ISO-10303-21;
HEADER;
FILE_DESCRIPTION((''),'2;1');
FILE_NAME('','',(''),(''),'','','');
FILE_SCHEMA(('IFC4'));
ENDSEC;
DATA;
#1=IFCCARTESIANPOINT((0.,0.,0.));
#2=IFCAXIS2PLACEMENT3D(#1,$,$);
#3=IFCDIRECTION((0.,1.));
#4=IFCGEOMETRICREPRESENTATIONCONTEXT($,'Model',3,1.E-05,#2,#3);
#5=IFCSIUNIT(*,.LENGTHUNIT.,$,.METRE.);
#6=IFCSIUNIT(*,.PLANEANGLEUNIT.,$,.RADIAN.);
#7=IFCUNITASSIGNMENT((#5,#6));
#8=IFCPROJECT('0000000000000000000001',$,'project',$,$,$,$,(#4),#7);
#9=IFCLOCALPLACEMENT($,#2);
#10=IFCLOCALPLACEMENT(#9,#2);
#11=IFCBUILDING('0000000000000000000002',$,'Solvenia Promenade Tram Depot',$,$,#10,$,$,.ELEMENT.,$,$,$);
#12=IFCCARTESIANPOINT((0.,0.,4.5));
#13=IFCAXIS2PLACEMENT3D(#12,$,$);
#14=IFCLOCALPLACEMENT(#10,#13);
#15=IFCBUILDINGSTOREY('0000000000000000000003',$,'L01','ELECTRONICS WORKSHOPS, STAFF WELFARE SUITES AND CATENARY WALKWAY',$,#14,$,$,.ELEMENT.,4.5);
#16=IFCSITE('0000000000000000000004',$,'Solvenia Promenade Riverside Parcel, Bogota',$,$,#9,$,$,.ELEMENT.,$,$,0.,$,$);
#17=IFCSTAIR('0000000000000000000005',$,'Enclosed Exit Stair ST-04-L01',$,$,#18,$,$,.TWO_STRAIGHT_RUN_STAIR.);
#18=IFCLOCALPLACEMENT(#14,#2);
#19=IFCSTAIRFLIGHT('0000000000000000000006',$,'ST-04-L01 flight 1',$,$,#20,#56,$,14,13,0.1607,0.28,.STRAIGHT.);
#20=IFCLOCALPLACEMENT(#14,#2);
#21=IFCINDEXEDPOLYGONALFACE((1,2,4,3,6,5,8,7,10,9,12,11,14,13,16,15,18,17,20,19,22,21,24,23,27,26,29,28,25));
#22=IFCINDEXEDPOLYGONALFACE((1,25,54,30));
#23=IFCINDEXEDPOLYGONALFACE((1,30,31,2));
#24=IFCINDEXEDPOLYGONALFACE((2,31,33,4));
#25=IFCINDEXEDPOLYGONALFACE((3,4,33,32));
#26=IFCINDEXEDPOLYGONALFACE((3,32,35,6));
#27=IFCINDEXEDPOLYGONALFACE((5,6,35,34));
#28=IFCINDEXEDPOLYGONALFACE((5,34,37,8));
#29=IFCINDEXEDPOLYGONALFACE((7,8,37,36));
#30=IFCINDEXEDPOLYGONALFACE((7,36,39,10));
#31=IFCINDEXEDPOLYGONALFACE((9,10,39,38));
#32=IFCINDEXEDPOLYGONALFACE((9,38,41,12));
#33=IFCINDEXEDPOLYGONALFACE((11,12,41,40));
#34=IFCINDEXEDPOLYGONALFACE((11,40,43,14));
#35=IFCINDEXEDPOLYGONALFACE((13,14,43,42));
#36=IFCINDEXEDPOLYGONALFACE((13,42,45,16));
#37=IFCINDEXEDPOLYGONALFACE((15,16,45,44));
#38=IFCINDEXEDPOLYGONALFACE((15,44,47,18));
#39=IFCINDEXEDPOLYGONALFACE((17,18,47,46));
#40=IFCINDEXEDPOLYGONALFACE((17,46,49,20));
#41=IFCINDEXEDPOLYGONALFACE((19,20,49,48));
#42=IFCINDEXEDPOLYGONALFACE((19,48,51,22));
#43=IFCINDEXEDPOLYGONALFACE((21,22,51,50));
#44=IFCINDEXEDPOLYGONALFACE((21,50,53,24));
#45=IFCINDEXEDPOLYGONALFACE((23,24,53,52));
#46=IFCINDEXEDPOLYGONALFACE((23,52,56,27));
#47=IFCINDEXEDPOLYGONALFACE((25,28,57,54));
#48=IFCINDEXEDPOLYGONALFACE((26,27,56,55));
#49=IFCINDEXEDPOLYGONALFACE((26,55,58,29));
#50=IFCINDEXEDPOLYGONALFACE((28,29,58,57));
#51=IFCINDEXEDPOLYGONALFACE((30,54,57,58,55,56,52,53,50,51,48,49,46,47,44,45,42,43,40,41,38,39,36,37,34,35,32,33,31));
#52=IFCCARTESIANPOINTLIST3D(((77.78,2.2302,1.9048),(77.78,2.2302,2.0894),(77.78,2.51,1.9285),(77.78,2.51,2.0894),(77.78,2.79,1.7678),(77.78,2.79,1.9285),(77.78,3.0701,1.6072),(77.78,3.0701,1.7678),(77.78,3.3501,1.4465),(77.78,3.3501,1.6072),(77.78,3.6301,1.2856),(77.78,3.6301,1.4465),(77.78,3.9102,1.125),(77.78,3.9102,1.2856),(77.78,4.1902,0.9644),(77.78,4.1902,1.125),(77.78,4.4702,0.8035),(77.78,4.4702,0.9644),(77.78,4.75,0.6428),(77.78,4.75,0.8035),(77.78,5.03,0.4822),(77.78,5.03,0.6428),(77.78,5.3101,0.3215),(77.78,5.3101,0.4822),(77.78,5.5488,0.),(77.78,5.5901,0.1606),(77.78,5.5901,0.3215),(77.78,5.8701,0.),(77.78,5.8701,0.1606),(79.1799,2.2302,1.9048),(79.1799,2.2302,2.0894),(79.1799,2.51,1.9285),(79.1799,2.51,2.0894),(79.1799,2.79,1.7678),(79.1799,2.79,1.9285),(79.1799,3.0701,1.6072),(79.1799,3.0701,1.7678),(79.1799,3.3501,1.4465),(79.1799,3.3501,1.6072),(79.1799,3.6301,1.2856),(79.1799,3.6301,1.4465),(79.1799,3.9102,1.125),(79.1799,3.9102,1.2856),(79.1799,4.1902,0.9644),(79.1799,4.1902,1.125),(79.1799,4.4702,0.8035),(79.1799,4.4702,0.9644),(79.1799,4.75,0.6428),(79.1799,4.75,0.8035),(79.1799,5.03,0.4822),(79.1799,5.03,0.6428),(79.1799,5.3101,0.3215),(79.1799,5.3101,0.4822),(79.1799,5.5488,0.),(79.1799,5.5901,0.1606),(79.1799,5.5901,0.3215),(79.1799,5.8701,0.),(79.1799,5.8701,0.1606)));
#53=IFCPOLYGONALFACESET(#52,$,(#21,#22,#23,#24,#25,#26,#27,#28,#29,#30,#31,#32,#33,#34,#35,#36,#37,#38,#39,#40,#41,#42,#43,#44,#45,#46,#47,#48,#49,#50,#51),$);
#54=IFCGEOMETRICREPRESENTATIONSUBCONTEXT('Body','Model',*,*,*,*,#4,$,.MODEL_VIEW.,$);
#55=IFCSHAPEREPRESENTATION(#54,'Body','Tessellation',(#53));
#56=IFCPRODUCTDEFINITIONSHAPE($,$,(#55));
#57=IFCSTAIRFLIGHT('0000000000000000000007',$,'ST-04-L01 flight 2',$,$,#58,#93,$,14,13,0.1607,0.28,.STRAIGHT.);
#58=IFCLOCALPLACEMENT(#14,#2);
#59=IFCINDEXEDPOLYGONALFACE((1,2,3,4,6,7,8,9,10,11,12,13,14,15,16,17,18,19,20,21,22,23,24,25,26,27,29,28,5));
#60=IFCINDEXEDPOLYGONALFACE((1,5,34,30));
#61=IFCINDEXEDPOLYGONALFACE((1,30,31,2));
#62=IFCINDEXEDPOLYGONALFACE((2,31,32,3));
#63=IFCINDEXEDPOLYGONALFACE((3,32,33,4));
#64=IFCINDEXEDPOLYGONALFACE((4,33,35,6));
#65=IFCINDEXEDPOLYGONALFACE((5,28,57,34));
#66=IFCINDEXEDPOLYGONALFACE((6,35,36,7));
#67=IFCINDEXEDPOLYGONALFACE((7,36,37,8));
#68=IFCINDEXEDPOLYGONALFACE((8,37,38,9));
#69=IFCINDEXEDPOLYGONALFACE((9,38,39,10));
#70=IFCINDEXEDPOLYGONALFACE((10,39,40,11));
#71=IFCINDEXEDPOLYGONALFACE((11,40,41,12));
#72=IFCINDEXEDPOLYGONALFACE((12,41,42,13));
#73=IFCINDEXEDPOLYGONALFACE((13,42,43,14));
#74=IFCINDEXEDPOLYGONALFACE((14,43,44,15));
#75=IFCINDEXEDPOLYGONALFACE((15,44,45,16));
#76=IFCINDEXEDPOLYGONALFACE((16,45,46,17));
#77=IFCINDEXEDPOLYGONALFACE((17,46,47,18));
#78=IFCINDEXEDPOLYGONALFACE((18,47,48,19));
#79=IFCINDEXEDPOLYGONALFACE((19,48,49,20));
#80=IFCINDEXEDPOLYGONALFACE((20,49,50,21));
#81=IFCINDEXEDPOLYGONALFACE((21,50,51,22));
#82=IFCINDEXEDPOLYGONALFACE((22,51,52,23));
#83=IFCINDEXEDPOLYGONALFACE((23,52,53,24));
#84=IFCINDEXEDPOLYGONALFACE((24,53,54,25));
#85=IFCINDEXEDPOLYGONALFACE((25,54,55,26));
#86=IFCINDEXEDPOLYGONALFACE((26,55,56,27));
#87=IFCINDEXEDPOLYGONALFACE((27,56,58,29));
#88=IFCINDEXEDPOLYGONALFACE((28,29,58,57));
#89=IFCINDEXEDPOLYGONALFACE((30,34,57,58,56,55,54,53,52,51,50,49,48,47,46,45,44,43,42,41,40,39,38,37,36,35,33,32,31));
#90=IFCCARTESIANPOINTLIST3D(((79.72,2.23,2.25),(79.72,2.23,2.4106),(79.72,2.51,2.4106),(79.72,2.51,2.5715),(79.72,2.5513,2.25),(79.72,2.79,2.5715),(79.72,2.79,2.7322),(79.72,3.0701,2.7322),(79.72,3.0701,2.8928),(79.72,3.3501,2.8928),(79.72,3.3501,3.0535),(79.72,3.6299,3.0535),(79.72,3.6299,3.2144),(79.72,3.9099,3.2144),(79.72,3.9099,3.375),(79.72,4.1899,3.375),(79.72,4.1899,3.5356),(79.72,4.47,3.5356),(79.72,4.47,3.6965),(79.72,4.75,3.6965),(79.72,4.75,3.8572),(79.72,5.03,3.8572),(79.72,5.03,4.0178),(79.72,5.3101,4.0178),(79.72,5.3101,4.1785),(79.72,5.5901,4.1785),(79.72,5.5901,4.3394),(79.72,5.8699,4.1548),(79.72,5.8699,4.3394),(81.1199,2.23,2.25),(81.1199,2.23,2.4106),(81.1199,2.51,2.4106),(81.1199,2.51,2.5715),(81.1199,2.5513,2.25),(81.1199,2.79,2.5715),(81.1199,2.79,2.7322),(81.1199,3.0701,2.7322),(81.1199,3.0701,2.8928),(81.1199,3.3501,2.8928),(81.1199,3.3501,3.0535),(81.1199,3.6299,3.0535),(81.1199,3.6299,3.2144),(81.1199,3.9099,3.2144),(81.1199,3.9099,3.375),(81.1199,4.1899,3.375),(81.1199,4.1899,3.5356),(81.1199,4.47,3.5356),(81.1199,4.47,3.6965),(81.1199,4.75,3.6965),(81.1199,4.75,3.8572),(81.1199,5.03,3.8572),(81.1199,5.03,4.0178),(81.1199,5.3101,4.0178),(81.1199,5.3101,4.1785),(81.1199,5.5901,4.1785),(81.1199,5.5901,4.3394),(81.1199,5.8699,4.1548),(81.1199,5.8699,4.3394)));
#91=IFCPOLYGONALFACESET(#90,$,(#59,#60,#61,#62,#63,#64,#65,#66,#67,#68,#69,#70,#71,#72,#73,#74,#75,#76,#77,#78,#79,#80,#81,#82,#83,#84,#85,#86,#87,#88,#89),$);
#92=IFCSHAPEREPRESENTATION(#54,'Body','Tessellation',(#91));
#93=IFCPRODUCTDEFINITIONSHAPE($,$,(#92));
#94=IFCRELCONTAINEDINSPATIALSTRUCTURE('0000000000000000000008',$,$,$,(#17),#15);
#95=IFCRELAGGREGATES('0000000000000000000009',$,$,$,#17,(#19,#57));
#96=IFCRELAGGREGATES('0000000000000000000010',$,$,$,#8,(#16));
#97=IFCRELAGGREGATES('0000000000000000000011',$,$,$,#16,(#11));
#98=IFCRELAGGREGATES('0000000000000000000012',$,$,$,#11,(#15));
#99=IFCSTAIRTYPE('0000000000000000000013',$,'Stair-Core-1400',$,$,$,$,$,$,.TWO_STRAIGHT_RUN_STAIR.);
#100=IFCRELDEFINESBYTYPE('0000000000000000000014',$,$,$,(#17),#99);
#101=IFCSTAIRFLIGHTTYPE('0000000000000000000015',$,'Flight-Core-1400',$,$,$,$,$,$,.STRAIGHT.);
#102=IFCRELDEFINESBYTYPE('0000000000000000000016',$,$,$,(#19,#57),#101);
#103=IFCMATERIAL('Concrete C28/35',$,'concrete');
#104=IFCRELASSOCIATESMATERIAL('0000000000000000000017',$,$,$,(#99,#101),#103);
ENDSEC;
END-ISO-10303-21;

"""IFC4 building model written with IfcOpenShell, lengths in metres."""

from ifc_helpers import new_model, si_unit, direction, frame, origin, place, context, subcontext, project, spatial, polyline, outline, extrude, material, type_object, element, aggregate, save


model = new_model("IFC4")

# Units and contexts
model_context = context("Model", 3, precision=1e-05, world=origin(), true_north=direction((0.0, 1.0)))
body_context = subcontext(model_context, "Body", "Model", "MODEL_VIEW")
ifc_project = project(units=[si_unit("LENGTHUNIT", "METRE"), si_unit("PLANEANGLEUNIT", "RADIAN")], contexts=[model_context])

# Site, building, storey
site_placement = place(None, origin())
site = spatial("IfcSite", under=ifc_project, at=site_placement, Name="Solvenia Promenade Riverside Parcel, Bogota", CompositionType="ELEMENT", RefElevation=0.0)
building_placement = place(site_placement, origin())
building = spatial("IfcBuilding", under=site, at=building_placement, Name="Solvenia Promenade Tram Depot", CompositionType="ELEMENT")
storey_placement = place(building_placement, frame((0.0, 0.0, 4.5)))
storey = spatial("IfcBuildingStorey", under=building, at=storey_placement, Name="L01", Description="ELECTRONICS WORKSHOPS, STAFF WELFARE SUITES AND CATENARY WALKWAY", CompositionType="ELEMENT", Elevation=4.5)

# Shared definitions
ifc_material_1 = material(Name="Concrete C28/35", Category="concrete")

# Stair, stair flights
stair_type = type_object("IfcStairType", Name="Stair-Core-1400", PredefinedType="TWO_STRAIGHT_RUN_STAIR", material=ifc_material_1)
stair_placement = place(storey_placement, origin())
stair = element("IfcStair", 1, at=stair_placement, inside=storey, type_object=stair_type, Name="Enclosed Exit Stair ST-04-L01", PredefinedType="TWO_STRAIGHT_RUN_STAIR")
stair_flight_type = type_object("IfcStairFlightType", Name="Flight-Core-1400", PredefinedType="STRAIGHT", material=ifc_material_1)
stair_flight_1_placement = place(storey_placement, frame((78.48, 5.8701, 0.0), z_axis=(0.0, 0.0, 1.0), x_axis=(0.0, -1.0, 0.0)))
stair_flight_1 = element("IfcStairFlight", 2, at=stair_flight_1_placement, type_object=stair_flight_type, Name="ST-04-L01 flight 1", NumberOfRisers=14, NumberOfTreads=13, PredefinedType="STRAIGHT", RiserHeight=0.1607, TreadLength=0.28, context=body_context, shape_type="SweptSolid", body=[
    extrude(outline(polyline([(0.0, 0.0), (0.0, 0.1606), (0.28, 0.1606), (0.28, 0.3215), (0.5601, 0.3215), (0.5601, 0.4822), (0.8401, 0.4822), (0.8401, 0.6428), (1.1201, 0.6428), (1.1201, 0.8035), (1.3999, 0.8035), (1.3999, 0.9644), (1.6799, 0.9644), (1.6799, 1.125), (1.96, 1.125), (1.96, 1.2856), (2.24, 1.2856), (2.24, 1.4465), (2.52, 1.4465), (2.52, 1.6072), (2.8, 1.6072), (2.8, 1.7678), (3.0801, 1.7678), (3.0801, 1.9285), (3.3601, 1.9285), (3.3601, 2.0894), (3.6399, 2.0894), (3.6399, 2.25), (3.6399, 1.9048), (0.3213, 0.0), (0.0, 0.0)])), frame((0.0, 0.7, 0.0), z_axis=(0.0, -1.0, 0.0), x_axis=(1.0, 0.0, 0.0)), (0.0, 0.0, 1.0), 1.3999),
])
stair_flight_2_placement = place(storey_placement, frame((80.4199, 2.23, 2.25), z_axis=(0.0, 0.0, 1.0), x_axis=(0.0, 1.0, 0.0)))
stair_flight_2 = element("IfcStairFlight", 3, at=stair_flight_2_placement, type_object=stair_flight_type, Name="ST-04-L01 flight 2", NumberOfRisers=14, NumberOfTreads=13, PredefinedType="STRAIGHT", RiserHeight=0.1607, TreadLength=0.28, context=body_context, shape_type="SweptSolid", body=[
    extrude(outline(polyline([(0.0, 0.0), (0.0, 0.1606), (0.28, 0.1606), (0.28, 0.3215), (0.5601, 0.3215), (0.5601, 0.4822), (0.8401, 0.4822), (0.8401, 0.6428), (1.1201, 0.6428), (1.1201, 0.8035), (1.3999, 0.8035), (1.3999, 0.9644), (1.6799, 0.9644), (1.6799, 1.125), (1.96, 1.125), (1.96, 1.2856), (2.24, 1.2856), (2.24, 1.4465), (2.52, 1.4465), (2.52, 1.6072), (2.8, 1.6072), (2.8, 1.7678), (3.0801, 1.7678), (3.0801, 1.9285), (3.3601, 1.9285), (3.3601, 2.0894), (3.6399, 2.0894), (3.6399, 2.25), (3.6399, 1.9048), (0.3213, 0.0), (0.0, 0.0)])), frame((0.0, 0.7, 0.0), z_axis=(0.0, -1.0, 0.0), x_axis=(1.0, 0.0, 0.0)), (0.0, 0.0, 1.0), 1.3999),
])
aggregate(stair, [stair_flight_1, stair_flight_2])

save(model, "model.ifc")
